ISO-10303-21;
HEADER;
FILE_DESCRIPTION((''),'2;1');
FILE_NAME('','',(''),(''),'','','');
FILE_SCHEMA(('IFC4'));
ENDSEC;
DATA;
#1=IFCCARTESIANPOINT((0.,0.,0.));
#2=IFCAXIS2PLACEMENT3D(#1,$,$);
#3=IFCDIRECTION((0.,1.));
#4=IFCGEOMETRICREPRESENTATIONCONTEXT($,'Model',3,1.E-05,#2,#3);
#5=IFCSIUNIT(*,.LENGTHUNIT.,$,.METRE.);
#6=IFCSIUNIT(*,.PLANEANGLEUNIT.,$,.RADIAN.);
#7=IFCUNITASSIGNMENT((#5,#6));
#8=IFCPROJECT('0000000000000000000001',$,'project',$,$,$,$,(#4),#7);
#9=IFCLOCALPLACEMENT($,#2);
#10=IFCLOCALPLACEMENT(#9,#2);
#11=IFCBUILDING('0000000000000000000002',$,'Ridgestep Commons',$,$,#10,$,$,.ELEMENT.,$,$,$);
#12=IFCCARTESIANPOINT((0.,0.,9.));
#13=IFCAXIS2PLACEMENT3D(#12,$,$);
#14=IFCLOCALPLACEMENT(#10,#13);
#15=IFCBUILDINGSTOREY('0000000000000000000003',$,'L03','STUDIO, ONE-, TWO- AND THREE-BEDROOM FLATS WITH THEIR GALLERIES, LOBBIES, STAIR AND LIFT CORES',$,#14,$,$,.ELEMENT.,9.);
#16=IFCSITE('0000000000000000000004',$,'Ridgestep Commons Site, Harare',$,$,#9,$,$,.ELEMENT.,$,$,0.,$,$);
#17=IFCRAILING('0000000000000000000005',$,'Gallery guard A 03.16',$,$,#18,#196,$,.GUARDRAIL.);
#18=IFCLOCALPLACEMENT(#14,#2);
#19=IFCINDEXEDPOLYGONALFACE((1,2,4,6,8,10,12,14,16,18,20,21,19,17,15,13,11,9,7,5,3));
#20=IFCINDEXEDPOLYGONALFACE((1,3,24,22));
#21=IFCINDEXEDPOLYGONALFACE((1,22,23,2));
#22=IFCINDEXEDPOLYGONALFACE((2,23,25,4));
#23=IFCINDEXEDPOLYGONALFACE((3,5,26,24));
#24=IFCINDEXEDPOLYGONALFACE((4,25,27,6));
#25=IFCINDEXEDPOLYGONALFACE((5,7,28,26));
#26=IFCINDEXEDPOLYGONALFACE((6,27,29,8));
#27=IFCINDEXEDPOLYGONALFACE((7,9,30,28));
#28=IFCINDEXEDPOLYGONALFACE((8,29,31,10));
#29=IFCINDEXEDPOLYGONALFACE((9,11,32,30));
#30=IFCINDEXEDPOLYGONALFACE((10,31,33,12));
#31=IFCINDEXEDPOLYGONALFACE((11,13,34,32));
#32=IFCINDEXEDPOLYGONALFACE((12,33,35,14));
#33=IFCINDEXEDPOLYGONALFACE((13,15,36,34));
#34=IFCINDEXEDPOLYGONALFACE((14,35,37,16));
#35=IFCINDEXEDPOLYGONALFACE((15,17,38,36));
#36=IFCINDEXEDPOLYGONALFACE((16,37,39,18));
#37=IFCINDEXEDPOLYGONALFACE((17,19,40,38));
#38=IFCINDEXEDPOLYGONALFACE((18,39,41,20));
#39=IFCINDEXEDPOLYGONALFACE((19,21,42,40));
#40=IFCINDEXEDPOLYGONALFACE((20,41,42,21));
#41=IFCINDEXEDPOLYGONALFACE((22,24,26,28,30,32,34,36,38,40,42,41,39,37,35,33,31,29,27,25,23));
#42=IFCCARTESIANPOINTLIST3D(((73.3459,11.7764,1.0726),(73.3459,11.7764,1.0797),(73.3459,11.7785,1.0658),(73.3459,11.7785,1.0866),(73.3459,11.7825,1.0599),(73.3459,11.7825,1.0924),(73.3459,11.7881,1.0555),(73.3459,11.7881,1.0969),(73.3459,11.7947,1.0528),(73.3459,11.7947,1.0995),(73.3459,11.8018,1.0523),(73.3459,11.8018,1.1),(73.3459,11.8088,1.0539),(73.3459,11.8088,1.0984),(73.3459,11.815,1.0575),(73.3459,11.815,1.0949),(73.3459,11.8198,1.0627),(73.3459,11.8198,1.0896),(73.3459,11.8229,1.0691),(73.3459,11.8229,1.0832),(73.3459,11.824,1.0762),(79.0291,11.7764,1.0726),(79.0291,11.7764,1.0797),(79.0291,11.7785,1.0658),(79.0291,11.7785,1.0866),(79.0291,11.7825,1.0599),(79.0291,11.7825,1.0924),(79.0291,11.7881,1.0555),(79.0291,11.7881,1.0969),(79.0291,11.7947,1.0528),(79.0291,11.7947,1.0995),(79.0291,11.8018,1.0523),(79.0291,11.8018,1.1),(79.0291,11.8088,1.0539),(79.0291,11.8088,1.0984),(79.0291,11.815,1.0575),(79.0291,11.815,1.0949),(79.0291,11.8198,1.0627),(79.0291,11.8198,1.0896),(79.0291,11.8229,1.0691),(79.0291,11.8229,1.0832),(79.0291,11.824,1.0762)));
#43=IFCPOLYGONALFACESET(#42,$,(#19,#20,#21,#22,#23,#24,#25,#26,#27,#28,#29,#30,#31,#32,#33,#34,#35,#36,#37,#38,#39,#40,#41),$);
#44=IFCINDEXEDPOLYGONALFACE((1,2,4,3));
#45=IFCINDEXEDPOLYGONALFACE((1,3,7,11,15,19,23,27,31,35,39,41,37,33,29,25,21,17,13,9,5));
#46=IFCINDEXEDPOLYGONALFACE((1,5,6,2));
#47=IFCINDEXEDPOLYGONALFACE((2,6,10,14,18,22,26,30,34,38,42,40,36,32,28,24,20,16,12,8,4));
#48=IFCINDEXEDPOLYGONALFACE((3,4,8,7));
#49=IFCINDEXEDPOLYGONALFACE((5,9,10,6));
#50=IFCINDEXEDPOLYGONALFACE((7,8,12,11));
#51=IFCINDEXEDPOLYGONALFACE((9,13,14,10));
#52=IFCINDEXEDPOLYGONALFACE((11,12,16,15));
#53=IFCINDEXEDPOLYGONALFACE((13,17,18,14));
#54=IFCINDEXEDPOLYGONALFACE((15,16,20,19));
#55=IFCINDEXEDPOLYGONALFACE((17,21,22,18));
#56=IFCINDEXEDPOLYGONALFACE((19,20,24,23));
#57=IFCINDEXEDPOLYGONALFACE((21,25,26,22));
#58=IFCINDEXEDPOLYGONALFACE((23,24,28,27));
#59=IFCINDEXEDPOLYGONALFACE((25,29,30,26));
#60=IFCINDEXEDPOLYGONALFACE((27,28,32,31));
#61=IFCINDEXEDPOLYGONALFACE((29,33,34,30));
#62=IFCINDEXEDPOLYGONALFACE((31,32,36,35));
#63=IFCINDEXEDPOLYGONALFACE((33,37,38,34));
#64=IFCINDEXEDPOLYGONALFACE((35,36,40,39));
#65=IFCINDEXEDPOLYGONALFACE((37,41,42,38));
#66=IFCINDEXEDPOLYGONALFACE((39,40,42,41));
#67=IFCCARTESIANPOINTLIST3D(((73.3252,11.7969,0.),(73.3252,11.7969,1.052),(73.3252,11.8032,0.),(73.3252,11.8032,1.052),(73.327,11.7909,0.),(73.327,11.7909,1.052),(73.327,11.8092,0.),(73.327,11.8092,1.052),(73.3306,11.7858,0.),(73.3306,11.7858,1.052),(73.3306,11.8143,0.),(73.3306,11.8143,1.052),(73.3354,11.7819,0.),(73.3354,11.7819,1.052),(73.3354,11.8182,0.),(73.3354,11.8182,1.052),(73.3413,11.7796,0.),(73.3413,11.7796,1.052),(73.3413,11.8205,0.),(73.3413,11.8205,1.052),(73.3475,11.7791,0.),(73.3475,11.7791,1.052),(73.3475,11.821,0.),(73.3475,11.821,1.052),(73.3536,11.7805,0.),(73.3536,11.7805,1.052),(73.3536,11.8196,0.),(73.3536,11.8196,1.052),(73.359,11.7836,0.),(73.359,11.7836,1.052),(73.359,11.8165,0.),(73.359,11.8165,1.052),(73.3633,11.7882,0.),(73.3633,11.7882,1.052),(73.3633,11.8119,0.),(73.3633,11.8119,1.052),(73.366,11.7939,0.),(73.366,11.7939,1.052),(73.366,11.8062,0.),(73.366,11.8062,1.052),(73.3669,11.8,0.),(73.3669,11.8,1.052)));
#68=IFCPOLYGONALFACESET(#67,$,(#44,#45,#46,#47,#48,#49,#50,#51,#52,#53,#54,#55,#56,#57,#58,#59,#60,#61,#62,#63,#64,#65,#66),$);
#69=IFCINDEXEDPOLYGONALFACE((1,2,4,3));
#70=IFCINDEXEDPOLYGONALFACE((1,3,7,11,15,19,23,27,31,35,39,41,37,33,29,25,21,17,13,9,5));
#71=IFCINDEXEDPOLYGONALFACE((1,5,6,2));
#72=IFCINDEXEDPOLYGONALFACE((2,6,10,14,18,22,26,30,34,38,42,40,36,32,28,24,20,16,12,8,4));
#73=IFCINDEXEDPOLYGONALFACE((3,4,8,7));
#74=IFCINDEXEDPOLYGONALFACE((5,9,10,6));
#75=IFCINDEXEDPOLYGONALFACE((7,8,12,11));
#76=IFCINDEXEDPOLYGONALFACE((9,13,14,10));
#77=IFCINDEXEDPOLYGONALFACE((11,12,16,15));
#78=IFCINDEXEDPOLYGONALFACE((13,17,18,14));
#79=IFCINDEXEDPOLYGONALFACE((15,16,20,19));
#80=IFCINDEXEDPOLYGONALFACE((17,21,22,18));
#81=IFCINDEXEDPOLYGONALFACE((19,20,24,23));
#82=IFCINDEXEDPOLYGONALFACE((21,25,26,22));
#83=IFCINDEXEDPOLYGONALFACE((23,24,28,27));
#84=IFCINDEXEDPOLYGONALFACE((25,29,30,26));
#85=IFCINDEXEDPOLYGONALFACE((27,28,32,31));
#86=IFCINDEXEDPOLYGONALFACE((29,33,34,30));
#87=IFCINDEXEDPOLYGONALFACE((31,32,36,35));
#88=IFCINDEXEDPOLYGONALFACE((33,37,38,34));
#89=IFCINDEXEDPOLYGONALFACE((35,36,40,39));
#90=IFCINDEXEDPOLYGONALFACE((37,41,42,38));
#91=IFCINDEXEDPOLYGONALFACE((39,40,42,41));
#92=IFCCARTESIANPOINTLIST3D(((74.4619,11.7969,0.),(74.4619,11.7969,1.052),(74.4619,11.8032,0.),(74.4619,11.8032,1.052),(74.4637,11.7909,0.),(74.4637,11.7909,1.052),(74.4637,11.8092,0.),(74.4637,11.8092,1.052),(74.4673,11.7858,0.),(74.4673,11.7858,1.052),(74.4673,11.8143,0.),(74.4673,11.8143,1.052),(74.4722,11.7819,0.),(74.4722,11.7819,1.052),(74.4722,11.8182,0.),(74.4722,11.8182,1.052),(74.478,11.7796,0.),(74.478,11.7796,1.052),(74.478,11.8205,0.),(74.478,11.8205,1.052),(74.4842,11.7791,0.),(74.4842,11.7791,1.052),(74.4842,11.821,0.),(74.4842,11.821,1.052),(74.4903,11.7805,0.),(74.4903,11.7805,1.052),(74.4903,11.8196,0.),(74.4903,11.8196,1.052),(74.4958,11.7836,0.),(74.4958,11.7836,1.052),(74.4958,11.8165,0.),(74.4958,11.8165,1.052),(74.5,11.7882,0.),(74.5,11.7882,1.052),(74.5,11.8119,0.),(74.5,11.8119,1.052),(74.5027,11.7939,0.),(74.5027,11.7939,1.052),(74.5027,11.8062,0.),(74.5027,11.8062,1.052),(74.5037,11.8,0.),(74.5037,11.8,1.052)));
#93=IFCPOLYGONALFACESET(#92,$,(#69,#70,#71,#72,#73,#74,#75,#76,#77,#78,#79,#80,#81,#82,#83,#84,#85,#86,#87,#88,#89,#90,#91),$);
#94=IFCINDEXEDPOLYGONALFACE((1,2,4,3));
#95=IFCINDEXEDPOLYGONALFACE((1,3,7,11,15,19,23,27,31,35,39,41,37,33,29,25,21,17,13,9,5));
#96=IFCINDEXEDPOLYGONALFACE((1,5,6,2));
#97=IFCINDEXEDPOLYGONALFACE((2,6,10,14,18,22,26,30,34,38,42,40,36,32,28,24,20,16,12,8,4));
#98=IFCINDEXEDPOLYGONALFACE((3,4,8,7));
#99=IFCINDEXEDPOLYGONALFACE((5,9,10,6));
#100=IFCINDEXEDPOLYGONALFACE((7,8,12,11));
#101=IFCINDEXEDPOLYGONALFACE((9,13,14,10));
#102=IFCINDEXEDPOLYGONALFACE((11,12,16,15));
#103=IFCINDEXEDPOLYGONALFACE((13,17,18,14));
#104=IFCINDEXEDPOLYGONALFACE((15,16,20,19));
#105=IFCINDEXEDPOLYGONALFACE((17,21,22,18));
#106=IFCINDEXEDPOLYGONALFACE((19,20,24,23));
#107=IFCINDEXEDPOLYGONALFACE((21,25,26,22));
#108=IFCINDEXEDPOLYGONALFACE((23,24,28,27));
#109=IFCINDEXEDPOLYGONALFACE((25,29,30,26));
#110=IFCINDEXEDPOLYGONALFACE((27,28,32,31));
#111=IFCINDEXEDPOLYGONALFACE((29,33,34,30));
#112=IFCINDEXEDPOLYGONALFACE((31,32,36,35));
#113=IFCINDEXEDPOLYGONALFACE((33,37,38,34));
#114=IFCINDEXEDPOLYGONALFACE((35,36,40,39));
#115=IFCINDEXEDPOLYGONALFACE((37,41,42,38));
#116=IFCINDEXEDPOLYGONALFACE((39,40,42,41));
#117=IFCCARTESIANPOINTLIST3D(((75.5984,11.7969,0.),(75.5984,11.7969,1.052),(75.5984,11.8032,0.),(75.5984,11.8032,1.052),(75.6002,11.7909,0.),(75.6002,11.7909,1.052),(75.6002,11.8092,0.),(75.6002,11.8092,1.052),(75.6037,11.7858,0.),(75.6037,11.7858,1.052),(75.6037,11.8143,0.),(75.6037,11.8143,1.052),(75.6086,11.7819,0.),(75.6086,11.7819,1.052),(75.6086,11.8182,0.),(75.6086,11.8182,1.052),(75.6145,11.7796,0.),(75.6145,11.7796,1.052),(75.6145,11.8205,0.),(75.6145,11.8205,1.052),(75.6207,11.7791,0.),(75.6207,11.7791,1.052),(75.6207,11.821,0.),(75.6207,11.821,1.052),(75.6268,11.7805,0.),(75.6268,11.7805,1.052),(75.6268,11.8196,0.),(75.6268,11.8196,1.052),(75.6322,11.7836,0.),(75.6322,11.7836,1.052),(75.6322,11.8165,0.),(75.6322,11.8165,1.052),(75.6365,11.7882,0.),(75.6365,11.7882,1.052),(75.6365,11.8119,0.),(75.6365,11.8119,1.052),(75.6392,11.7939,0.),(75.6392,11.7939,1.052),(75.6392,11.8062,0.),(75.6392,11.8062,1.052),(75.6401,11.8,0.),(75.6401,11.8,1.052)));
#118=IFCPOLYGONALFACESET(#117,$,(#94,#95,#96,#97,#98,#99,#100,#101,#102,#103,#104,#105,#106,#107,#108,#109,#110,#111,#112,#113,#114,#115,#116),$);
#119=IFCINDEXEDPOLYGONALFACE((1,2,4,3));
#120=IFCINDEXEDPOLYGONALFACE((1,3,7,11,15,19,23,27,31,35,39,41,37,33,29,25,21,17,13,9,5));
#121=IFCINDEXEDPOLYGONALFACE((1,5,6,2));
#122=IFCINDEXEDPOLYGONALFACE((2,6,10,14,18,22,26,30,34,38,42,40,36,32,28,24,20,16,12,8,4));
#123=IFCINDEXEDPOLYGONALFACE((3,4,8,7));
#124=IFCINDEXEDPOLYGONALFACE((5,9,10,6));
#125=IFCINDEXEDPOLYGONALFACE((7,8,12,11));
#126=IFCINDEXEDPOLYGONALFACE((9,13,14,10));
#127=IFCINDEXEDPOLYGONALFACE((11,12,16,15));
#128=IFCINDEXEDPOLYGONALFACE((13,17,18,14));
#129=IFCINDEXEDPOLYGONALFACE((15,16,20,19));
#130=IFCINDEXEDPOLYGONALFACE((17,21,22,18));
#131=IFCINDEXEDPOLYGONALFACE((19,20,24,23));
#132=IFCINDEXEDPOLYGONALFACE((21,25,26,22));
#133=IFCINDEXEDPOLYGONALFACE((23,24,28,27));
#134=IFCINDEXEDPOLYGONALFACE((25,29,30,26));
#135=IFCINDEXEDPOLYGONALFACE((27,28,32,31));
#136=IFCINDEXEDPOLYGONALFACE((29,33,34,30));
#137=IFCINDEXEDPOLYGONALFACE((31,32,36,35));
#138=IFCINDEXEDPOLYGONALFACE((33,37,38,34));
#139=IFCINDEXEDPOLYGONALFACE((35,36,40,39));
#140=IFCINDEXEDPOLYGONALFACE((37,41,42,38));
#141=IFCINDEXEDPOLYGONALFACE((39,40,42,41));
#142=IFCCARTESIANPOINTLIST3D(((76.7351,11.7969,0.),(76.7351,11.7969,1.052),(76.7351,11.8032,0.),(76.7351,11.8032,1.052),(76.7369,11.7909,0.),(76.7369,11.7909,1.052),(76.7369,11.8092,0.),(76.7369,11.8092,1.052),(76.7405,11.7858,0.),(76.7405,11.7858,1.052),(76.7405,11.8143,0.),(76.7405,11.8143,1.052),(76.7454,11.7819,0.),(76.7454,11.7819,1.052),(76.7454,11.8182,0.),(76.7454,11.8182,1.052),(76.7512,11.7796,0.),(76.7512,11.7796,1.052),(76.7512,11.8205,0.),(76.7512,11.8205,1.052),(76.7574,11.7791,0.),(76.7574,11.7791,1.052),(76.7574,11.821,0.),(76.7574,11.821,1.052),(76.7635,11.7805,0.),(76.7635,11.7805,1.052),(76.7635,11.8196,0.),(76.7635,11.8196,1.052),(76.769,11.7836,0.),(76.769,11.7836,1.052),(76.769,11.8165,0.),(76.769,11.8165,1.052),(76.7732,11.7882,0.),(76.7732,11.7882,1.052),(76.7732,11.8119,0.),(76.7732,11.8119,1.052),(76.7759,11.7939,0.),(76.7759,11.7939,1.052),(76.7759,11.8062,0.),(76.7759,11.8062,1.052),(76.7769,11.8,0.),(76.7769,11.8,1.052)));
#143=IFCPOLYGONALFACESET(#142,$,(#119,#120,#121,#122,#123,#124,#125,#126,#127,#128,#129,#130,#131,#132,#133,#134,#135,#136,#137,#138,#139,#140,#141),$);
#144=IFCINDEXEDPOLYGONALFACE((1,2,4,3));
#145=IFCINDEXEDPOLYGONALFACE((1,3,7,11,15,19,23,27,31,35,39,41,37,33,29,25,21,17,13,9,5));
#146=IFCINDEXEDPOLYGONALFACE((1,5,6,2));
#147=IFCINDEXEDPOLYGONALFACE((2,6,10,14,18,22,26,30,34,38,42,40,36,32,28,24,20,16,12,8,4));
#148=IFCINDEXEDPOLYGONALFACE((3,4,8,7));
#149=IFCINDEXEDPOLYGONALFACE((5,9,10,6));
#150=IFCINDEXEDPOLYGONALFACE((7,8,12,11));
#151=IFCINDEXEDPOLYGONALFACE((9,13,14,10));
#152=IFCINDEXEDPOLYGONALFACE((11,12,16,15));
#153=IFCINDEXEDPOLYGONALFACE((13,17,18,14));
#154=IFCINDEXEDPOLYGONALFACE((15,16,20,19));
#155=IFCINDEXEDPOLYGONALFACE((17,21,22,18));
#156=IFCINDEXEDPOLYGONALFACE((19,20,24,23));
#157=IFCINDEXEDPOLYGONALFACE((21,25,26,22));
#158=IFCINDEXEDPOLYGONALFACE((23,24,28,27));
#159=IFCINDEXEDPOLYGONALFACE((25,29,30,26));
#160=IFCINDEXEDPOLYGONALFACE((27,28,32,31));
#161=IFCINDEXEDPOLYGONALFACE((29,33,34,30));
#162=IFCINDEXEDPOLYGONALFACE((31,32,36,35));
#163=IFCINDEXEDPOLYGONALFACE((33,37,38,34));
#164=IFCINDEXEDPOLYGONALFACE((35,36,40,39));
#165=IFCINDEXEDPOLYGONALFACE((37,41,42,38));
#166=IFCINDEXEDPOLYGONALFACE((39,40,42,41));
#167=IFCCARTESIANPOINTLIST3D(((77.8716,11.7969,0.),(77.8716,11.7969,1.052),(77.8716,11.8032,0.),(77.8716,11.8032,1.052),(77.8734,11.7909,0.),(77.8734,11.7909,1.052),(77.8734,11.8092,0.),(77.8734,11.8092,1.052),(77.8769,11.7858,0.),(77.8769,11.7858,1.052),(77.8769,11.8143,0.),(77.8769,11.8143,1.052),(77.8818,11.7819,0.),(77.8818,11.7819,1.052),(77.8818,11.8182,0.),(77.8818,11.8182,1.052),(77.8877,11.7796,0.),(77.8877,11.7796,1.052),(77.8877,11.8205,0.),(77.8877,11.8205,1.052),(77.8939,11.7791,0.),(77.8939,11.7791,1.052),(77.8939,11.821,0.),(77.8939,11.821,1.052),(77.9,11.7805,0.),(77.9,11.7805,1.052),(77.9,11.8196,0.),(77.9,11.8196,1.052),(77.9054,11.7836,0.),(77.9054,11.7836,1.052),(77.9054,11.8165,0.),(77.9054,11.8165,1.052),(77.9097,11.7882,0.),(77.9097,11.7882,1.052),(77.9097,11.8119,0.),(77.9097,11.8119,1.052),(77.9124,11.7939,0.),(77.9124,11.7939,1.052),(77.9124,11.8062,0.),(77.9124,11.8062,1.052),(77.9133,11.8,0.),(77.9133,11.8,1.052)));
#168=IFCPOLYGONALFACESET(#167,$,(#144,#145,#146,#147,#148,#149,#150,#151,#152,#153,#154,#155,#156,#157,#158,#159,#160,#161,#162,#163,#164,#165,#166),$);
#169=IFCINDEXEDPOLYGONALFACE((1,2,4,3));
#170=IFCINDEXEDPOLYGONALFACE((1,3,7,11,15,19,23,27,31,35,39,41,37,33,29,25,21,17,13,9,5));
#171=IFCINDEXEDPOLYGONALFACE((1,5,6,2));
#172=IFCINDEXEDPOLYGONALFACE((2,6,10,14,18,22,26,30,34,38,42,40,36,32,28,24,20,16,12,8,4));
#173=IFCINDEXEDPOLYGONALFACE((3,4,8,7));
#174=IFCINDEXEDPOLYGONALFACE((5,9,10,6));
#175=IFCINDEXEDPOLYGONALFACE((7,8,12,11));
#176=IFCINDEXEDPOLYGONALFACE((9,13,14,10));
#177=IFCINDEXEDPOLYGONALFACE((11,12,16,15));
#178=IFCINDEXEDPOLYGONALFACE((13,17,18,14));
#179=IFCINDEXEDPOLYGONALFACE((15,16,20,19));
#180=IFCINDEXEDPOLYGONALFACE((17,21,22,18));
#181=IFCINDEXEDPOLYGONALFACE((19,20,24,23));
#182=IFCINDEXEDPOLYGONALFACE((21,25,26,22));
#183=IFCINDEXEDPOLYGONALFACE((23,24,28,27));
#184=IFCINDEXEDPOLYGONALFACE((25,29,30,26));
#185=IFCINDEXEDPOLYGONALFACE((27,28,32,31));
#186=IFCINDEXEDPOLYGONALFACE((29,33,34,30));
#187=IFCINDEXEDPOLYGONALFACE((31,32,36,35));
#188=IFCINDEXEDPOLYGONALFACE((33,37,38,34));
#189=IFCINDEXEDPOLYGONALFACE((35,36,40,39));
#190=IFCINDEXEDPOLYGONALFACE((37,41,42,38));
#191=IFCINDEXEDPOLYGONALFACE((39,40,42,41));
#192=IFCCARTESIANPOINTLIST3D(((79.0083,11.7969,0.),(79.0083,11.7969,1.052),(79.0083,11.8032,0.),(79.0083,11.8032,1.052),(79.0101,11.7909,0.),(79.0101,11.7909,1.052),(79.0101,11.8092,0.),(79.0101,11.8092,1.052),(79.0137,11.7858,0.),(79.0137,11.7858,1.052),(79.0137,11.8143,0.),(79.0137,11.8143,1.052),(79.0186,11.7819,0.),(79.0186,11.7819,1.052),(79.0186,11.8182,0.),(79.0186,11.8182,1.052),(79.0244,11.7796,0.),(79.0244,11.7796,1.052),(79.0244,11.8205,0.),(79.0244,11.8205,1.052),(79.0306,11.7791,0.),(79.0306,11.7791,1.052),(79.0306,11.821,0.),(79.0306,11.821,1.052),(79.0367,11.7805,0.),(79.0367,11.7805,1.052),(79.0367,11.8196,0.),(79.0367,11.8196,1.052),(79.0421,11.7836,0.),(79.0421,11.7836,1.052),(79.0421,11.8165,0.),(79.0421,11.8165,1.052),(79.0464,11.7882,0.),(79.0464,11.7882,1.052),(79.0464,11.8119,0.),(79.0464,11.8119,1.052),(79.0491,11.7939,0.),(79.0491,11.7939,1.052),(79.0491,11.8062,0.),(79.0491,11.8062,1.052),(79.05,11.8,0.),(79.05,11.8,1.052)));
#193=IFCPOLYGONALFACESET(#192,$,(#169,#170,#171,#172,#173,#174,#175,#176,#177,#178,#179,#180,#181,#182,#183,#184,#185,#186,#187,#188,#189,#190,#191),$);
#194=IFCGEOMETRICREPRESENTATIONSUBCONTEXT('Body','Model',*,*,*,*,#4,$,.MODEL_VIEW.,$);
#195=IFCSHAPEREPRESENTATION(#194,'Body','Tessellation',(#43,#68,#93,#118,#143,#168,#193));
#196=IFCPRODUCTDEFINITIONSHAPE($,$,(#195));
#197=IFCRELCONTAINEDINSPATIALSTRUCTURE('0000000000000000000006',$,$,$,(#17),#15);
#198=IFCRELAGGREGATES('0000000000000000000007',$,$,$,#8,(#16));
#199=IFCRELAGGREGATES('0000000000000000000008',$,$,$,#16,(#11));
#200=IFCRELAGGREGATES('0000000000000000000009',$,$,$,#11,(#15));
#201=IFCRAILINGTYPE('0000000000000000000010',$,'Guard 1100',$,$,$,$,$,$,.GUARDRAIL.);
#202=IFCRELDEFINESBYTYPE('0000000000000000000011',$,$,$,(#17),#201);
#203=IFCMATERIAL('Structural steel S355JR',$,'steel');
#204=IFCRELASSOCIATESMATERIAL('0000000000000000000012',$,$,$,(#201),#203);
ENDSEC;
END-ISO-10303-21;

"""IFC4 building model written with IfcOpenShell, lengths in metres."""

from ifc_helpers import new_model, si_unit, direction, frame, origin, origin_2d, place, context, subcontext, project, spatial, circle, extrude, material, type_object, element, save


model = new_model("IFC4")

# Units and contexts
model_context = context("Model", 3, precision=1e-05, world=origin(), true_north=direction((0.0, 1.0)))
body_context = subcontext(model_context, "Body", "Model", "MODEL_VIEW")
ifc_project = project(units=[si_unit("LENGTHUNIT", "METRE"), si_unit("PLANEANGLEUNIT", "RADIAN")], contexts=[model_context])

# Site, building, storey
site_placement = place(None, origin())
site = spatial("IfcSite", under=ifc_project, at=site_placement, Name="Ridgestep Commons Site, Harare", CompositionType="ELEMENT", RefElevation=0.0)
building_placement = place(site_placement, origin())
building = spatial("IfcBuilding", under=site, at=building_placement, Name="Ridgestep Commons", CompositionType="ELEMENT")
storey_placement = place(building_placement, frame((0.0, 0.0, 9.0)))
storey = spatial("IfcBuildingStorey", under=building, at=storey_placement, Name="L03", Description="STUDIO, ONE-, TWO- AND THREE-BEDROOM FLATS WITH THEIR GALLERIES, LOBBIES, STAIR AND LIFT CORES", CompositionType="ELEMENT", Elevation=9.0)

# Railing
ifc_material_1 = material(Name="Structural steel S355JR", Category="steel")
railing_type_1 = type_object("IfcRailingType", Name="Guard 1100", PredefinedType="GUARDRAIL", material=ifc_material_1)
railing_1_placement = place(storey_placement, frame((73.3459, 11.8, 0.0)))
element("IfcRailing", 1, at=railing_1_placement, inside=storey, type_object=railing_type_1, Name="Gallery guard A 03.16", PredefinedType="GUARDRAIL", context=body_context, shape_type="SweptSolid", body=[
    extrude(circle(Radius=0.0239, at=origin_2d()), frame((0.0, 0.0, 1.0762), z_axis=(1.0, 0.0, 0.0), x_axis=(0.0, 1.0, 0.0)), (0.0, 0.0, 1.0), 5.6831),
    extrude(circle(Radius=0.021, at=origin_2d()), origin(), (0.0, 0.0, 1.0), 1.052),
    extrude(circle(Radius=0.021, at=origin_2d()), frame((1.1367, 0.0, 0.0)), (0.0, 0.0, 1.0), 1.052),
    extrude(circle(Radius=0.021, at=origin_2d()), frame((2.2732, 0.0, 0.0)), (0.0, 0.0, 1.0), 1.052),
    extrude(circle(Radius=0.021, at=origin_2d()), frame((3.4099, 0.0, 0.0)), (0.0, 0.0, 1.0), 1.052),
    extrude(circle(Radius=0.021, at=origin_2d()), frame((4.5464, 0.0, 0.0)), (0.0, 0.0, 1.0), 1.052),
    extrude(circle(Radius=0.021, at=origin_2d()), frame((5.6831, 0.0, 0.0)), (0.0, 0.0, 1.0), 1.052),
])

save(model, "model.ifc")
